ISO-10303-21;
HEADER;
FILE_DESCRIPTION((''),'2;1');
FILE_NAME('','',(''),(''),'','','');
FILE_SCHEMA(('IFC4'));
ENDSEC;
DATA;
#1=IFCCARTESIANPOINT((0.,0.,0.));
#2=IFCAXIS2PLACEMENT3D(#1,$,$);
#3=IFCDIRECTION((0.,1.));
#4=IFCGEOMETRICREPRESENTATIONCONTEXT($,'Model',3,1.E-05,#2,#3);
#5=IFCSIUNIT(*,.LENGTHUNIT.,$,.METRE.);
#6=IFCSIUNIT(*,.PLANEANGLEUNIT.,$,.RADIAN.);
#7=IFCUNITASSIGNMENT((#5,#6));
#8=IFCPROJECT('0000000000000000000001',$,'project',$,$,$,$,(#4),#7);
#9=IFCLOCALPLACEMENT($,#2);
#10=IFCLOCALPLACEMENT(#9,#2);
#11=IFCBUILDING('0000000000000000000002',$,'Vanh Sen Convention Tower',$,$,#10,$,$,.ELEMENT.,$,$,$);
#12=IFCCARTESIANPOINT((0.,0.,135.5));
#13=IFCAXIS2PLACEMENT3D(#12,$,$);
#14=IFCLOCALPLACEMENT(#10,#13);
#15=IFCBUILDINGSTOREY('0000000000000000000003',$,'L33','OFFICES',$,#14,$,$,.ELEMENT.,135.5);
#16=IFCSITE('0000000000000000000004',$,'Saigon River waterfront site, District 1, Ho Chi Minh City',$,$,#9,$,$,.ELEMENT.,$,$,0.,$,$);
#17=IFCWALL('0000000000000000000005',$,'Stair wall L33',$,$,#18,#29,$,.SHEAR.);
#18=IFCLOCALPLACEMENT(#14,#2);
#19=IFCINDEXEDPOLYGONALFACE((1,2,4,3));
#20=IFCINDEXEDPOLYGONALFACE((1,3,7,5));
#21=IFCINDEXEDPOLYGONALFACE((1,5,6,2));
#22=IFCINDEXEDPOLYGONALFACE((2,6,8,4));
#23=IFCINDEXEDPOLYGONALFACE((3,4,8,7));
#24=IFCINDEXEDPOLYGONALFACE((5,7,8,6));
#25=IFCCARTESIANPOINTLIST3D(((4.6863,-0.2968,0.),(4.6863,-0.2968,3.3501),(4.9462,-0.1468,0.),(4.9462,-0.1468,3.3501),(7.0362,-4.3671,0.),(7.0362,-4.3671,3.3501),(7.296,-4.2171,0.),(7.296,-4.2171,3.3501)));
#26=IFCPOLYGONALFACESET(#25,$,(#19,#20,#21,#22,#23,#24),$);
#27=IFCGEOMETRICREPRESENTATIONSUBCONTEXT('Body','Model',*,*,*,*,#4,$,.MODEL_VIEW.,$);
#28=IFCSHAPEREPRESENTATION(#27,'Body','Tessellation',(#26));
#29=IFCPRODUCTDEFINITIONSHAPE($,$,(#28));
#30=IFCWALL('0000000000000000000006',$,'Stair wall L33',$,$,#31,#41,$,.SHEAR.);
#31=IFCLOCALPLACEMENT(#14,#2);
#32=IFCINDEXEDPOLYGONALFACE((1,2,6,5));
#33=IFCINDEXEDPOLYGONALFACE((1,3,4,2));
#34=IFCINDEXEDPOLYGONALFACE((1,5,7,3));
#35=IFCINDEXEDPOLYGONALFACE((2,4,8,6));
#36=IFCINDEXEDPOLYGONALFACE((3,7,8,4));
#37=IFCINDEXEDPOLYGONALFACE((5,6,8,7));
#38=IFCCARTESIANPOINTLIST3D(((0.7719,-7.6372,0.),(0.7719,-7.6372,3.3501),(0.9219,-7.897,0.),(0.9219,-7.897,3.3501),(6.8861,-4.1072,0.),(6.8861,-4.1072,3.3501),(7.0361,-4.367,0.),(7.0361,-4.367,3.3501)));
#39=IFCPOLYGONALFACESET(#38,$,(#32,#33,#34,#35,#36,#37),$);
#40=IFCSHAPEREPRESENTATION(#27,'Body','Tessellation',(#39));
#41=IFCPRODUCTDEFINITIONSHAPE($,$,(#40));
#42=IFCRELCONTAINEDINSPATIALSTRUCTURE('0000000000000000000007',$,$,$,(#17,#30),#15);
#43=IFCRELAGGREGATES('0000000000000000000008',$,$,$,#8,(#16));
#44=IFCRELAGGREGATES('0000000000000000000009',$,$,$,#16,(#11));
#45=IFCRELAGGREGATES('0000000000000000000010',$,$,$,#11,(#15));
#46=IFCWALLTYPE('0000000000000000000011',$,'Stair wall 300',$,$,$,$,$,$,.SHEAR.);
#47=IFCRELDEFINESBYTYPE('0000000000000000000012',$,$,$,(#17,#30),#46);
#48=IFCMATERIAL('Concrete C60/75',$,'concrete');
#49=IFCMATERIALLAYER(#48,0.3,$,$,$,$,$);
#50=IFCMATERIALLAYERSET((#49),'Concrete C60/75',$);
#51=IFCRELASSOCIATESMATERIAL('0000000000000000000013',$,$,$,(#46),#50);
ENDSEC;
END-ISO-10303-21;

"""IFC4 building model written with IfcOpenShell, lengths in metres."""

from ifc_helpers import new_model, si_unit, direction, frame, frame_2d, origin, place, context, subcontext, project, spatial, rectangle, extrude, material, layer, layer_set, type_object, element, save


model = new_model("IFC4")

# Units and contexts
model_context = context("Model", 3, precision=1e-05, world=origin(), true_north=direction((0.0, 1.0)))
body_context = subcontext(model_context, "Body", "Model", "MODEL_VIEW")
ifc_project = project(units=[si_unit("LENGTHUNIT", "METRE"), si_unit("PLANEANGLEUNIT", "RADIAN")], contexts=[model_context])

# Site, building, storey
site_placement = place(None, origin())
site = spatial("IfcSite", under=ifc_project, at=site_placement, Name="Saigon River waterfront site, District 1, Ho Chi Minh City", CompositionType="ELEMENT", RefElevation=0.0)
building_placement = place(site_placement, origin())
building = spatial("IfcBuilding", under=site, at=building_placement, Name="Vanh Sen Convention Tower", CompositionType="ELEMENT")
storey_placement = place(building_placement, frame((0.0, 0.0, 135.5)))
storey = spatial("IfcBuildingStorey", under=building, at=storey_placement, Name="L33", Description="OFFICES", CompositionType="ELEMENT", Elevation=135.5)

# Walls
ifc_material_1 = material(Name="Concrete C60/75", Category="concrete")
ifc_layer_1 = layer(ifc_material_1, 0.3)
ifc_layer_set_1 = layer_set([ifc_layer_1], Name="Concrete C60/75")
wall_type_1 = type_object("IfcWallType", Name="Stair wall 300", PredefinedType="SHEAR", material=ifc_layer_set_1)
wall_1_placement = place(storey_placement, frame((4.8162, -0.2217, 0.0), z_axis=(0.0, 0.0, 1.0), x_axis=(0.499977, -0.866039, 0.0)))
element("IfcWall", 1, at=wall_1_placement, inside=storey, type_object=wall_type_1, Name="Stair wall L33", PredefinedType="SHEAR", context=body_context, shape_type="SweptSolid", body=[
    extrude(rectangle(XDim=4.7, YDim=0.3, at=frame_2d((2.3501, 0.0))), origin(), (0.0, 0.0, 1.0), 3.3501),
])
wall_2_placement = place(storey_placement, frame((0.8469, -7.7671, 0.0), z_axis=(0.0, 0.0, 1.0), x_axis=(0.866028, 0.499996, 0.0)))
element("IfcWall", 2, at=wall_2_placement, inside=storey, type_object=wall_type_1, Name="Stair wall L33", PredefinedType="SHEAR", context=body_context, shape_type="SweptSolid", body=[
    extrude(rectangle(XDim=7.0601, YDim=0.3, at=frame_2d((3.53, 0.0))), origin(), (0.0, 0.0, 1.0), 3.3501),
])

save(model, "model.ifc")
